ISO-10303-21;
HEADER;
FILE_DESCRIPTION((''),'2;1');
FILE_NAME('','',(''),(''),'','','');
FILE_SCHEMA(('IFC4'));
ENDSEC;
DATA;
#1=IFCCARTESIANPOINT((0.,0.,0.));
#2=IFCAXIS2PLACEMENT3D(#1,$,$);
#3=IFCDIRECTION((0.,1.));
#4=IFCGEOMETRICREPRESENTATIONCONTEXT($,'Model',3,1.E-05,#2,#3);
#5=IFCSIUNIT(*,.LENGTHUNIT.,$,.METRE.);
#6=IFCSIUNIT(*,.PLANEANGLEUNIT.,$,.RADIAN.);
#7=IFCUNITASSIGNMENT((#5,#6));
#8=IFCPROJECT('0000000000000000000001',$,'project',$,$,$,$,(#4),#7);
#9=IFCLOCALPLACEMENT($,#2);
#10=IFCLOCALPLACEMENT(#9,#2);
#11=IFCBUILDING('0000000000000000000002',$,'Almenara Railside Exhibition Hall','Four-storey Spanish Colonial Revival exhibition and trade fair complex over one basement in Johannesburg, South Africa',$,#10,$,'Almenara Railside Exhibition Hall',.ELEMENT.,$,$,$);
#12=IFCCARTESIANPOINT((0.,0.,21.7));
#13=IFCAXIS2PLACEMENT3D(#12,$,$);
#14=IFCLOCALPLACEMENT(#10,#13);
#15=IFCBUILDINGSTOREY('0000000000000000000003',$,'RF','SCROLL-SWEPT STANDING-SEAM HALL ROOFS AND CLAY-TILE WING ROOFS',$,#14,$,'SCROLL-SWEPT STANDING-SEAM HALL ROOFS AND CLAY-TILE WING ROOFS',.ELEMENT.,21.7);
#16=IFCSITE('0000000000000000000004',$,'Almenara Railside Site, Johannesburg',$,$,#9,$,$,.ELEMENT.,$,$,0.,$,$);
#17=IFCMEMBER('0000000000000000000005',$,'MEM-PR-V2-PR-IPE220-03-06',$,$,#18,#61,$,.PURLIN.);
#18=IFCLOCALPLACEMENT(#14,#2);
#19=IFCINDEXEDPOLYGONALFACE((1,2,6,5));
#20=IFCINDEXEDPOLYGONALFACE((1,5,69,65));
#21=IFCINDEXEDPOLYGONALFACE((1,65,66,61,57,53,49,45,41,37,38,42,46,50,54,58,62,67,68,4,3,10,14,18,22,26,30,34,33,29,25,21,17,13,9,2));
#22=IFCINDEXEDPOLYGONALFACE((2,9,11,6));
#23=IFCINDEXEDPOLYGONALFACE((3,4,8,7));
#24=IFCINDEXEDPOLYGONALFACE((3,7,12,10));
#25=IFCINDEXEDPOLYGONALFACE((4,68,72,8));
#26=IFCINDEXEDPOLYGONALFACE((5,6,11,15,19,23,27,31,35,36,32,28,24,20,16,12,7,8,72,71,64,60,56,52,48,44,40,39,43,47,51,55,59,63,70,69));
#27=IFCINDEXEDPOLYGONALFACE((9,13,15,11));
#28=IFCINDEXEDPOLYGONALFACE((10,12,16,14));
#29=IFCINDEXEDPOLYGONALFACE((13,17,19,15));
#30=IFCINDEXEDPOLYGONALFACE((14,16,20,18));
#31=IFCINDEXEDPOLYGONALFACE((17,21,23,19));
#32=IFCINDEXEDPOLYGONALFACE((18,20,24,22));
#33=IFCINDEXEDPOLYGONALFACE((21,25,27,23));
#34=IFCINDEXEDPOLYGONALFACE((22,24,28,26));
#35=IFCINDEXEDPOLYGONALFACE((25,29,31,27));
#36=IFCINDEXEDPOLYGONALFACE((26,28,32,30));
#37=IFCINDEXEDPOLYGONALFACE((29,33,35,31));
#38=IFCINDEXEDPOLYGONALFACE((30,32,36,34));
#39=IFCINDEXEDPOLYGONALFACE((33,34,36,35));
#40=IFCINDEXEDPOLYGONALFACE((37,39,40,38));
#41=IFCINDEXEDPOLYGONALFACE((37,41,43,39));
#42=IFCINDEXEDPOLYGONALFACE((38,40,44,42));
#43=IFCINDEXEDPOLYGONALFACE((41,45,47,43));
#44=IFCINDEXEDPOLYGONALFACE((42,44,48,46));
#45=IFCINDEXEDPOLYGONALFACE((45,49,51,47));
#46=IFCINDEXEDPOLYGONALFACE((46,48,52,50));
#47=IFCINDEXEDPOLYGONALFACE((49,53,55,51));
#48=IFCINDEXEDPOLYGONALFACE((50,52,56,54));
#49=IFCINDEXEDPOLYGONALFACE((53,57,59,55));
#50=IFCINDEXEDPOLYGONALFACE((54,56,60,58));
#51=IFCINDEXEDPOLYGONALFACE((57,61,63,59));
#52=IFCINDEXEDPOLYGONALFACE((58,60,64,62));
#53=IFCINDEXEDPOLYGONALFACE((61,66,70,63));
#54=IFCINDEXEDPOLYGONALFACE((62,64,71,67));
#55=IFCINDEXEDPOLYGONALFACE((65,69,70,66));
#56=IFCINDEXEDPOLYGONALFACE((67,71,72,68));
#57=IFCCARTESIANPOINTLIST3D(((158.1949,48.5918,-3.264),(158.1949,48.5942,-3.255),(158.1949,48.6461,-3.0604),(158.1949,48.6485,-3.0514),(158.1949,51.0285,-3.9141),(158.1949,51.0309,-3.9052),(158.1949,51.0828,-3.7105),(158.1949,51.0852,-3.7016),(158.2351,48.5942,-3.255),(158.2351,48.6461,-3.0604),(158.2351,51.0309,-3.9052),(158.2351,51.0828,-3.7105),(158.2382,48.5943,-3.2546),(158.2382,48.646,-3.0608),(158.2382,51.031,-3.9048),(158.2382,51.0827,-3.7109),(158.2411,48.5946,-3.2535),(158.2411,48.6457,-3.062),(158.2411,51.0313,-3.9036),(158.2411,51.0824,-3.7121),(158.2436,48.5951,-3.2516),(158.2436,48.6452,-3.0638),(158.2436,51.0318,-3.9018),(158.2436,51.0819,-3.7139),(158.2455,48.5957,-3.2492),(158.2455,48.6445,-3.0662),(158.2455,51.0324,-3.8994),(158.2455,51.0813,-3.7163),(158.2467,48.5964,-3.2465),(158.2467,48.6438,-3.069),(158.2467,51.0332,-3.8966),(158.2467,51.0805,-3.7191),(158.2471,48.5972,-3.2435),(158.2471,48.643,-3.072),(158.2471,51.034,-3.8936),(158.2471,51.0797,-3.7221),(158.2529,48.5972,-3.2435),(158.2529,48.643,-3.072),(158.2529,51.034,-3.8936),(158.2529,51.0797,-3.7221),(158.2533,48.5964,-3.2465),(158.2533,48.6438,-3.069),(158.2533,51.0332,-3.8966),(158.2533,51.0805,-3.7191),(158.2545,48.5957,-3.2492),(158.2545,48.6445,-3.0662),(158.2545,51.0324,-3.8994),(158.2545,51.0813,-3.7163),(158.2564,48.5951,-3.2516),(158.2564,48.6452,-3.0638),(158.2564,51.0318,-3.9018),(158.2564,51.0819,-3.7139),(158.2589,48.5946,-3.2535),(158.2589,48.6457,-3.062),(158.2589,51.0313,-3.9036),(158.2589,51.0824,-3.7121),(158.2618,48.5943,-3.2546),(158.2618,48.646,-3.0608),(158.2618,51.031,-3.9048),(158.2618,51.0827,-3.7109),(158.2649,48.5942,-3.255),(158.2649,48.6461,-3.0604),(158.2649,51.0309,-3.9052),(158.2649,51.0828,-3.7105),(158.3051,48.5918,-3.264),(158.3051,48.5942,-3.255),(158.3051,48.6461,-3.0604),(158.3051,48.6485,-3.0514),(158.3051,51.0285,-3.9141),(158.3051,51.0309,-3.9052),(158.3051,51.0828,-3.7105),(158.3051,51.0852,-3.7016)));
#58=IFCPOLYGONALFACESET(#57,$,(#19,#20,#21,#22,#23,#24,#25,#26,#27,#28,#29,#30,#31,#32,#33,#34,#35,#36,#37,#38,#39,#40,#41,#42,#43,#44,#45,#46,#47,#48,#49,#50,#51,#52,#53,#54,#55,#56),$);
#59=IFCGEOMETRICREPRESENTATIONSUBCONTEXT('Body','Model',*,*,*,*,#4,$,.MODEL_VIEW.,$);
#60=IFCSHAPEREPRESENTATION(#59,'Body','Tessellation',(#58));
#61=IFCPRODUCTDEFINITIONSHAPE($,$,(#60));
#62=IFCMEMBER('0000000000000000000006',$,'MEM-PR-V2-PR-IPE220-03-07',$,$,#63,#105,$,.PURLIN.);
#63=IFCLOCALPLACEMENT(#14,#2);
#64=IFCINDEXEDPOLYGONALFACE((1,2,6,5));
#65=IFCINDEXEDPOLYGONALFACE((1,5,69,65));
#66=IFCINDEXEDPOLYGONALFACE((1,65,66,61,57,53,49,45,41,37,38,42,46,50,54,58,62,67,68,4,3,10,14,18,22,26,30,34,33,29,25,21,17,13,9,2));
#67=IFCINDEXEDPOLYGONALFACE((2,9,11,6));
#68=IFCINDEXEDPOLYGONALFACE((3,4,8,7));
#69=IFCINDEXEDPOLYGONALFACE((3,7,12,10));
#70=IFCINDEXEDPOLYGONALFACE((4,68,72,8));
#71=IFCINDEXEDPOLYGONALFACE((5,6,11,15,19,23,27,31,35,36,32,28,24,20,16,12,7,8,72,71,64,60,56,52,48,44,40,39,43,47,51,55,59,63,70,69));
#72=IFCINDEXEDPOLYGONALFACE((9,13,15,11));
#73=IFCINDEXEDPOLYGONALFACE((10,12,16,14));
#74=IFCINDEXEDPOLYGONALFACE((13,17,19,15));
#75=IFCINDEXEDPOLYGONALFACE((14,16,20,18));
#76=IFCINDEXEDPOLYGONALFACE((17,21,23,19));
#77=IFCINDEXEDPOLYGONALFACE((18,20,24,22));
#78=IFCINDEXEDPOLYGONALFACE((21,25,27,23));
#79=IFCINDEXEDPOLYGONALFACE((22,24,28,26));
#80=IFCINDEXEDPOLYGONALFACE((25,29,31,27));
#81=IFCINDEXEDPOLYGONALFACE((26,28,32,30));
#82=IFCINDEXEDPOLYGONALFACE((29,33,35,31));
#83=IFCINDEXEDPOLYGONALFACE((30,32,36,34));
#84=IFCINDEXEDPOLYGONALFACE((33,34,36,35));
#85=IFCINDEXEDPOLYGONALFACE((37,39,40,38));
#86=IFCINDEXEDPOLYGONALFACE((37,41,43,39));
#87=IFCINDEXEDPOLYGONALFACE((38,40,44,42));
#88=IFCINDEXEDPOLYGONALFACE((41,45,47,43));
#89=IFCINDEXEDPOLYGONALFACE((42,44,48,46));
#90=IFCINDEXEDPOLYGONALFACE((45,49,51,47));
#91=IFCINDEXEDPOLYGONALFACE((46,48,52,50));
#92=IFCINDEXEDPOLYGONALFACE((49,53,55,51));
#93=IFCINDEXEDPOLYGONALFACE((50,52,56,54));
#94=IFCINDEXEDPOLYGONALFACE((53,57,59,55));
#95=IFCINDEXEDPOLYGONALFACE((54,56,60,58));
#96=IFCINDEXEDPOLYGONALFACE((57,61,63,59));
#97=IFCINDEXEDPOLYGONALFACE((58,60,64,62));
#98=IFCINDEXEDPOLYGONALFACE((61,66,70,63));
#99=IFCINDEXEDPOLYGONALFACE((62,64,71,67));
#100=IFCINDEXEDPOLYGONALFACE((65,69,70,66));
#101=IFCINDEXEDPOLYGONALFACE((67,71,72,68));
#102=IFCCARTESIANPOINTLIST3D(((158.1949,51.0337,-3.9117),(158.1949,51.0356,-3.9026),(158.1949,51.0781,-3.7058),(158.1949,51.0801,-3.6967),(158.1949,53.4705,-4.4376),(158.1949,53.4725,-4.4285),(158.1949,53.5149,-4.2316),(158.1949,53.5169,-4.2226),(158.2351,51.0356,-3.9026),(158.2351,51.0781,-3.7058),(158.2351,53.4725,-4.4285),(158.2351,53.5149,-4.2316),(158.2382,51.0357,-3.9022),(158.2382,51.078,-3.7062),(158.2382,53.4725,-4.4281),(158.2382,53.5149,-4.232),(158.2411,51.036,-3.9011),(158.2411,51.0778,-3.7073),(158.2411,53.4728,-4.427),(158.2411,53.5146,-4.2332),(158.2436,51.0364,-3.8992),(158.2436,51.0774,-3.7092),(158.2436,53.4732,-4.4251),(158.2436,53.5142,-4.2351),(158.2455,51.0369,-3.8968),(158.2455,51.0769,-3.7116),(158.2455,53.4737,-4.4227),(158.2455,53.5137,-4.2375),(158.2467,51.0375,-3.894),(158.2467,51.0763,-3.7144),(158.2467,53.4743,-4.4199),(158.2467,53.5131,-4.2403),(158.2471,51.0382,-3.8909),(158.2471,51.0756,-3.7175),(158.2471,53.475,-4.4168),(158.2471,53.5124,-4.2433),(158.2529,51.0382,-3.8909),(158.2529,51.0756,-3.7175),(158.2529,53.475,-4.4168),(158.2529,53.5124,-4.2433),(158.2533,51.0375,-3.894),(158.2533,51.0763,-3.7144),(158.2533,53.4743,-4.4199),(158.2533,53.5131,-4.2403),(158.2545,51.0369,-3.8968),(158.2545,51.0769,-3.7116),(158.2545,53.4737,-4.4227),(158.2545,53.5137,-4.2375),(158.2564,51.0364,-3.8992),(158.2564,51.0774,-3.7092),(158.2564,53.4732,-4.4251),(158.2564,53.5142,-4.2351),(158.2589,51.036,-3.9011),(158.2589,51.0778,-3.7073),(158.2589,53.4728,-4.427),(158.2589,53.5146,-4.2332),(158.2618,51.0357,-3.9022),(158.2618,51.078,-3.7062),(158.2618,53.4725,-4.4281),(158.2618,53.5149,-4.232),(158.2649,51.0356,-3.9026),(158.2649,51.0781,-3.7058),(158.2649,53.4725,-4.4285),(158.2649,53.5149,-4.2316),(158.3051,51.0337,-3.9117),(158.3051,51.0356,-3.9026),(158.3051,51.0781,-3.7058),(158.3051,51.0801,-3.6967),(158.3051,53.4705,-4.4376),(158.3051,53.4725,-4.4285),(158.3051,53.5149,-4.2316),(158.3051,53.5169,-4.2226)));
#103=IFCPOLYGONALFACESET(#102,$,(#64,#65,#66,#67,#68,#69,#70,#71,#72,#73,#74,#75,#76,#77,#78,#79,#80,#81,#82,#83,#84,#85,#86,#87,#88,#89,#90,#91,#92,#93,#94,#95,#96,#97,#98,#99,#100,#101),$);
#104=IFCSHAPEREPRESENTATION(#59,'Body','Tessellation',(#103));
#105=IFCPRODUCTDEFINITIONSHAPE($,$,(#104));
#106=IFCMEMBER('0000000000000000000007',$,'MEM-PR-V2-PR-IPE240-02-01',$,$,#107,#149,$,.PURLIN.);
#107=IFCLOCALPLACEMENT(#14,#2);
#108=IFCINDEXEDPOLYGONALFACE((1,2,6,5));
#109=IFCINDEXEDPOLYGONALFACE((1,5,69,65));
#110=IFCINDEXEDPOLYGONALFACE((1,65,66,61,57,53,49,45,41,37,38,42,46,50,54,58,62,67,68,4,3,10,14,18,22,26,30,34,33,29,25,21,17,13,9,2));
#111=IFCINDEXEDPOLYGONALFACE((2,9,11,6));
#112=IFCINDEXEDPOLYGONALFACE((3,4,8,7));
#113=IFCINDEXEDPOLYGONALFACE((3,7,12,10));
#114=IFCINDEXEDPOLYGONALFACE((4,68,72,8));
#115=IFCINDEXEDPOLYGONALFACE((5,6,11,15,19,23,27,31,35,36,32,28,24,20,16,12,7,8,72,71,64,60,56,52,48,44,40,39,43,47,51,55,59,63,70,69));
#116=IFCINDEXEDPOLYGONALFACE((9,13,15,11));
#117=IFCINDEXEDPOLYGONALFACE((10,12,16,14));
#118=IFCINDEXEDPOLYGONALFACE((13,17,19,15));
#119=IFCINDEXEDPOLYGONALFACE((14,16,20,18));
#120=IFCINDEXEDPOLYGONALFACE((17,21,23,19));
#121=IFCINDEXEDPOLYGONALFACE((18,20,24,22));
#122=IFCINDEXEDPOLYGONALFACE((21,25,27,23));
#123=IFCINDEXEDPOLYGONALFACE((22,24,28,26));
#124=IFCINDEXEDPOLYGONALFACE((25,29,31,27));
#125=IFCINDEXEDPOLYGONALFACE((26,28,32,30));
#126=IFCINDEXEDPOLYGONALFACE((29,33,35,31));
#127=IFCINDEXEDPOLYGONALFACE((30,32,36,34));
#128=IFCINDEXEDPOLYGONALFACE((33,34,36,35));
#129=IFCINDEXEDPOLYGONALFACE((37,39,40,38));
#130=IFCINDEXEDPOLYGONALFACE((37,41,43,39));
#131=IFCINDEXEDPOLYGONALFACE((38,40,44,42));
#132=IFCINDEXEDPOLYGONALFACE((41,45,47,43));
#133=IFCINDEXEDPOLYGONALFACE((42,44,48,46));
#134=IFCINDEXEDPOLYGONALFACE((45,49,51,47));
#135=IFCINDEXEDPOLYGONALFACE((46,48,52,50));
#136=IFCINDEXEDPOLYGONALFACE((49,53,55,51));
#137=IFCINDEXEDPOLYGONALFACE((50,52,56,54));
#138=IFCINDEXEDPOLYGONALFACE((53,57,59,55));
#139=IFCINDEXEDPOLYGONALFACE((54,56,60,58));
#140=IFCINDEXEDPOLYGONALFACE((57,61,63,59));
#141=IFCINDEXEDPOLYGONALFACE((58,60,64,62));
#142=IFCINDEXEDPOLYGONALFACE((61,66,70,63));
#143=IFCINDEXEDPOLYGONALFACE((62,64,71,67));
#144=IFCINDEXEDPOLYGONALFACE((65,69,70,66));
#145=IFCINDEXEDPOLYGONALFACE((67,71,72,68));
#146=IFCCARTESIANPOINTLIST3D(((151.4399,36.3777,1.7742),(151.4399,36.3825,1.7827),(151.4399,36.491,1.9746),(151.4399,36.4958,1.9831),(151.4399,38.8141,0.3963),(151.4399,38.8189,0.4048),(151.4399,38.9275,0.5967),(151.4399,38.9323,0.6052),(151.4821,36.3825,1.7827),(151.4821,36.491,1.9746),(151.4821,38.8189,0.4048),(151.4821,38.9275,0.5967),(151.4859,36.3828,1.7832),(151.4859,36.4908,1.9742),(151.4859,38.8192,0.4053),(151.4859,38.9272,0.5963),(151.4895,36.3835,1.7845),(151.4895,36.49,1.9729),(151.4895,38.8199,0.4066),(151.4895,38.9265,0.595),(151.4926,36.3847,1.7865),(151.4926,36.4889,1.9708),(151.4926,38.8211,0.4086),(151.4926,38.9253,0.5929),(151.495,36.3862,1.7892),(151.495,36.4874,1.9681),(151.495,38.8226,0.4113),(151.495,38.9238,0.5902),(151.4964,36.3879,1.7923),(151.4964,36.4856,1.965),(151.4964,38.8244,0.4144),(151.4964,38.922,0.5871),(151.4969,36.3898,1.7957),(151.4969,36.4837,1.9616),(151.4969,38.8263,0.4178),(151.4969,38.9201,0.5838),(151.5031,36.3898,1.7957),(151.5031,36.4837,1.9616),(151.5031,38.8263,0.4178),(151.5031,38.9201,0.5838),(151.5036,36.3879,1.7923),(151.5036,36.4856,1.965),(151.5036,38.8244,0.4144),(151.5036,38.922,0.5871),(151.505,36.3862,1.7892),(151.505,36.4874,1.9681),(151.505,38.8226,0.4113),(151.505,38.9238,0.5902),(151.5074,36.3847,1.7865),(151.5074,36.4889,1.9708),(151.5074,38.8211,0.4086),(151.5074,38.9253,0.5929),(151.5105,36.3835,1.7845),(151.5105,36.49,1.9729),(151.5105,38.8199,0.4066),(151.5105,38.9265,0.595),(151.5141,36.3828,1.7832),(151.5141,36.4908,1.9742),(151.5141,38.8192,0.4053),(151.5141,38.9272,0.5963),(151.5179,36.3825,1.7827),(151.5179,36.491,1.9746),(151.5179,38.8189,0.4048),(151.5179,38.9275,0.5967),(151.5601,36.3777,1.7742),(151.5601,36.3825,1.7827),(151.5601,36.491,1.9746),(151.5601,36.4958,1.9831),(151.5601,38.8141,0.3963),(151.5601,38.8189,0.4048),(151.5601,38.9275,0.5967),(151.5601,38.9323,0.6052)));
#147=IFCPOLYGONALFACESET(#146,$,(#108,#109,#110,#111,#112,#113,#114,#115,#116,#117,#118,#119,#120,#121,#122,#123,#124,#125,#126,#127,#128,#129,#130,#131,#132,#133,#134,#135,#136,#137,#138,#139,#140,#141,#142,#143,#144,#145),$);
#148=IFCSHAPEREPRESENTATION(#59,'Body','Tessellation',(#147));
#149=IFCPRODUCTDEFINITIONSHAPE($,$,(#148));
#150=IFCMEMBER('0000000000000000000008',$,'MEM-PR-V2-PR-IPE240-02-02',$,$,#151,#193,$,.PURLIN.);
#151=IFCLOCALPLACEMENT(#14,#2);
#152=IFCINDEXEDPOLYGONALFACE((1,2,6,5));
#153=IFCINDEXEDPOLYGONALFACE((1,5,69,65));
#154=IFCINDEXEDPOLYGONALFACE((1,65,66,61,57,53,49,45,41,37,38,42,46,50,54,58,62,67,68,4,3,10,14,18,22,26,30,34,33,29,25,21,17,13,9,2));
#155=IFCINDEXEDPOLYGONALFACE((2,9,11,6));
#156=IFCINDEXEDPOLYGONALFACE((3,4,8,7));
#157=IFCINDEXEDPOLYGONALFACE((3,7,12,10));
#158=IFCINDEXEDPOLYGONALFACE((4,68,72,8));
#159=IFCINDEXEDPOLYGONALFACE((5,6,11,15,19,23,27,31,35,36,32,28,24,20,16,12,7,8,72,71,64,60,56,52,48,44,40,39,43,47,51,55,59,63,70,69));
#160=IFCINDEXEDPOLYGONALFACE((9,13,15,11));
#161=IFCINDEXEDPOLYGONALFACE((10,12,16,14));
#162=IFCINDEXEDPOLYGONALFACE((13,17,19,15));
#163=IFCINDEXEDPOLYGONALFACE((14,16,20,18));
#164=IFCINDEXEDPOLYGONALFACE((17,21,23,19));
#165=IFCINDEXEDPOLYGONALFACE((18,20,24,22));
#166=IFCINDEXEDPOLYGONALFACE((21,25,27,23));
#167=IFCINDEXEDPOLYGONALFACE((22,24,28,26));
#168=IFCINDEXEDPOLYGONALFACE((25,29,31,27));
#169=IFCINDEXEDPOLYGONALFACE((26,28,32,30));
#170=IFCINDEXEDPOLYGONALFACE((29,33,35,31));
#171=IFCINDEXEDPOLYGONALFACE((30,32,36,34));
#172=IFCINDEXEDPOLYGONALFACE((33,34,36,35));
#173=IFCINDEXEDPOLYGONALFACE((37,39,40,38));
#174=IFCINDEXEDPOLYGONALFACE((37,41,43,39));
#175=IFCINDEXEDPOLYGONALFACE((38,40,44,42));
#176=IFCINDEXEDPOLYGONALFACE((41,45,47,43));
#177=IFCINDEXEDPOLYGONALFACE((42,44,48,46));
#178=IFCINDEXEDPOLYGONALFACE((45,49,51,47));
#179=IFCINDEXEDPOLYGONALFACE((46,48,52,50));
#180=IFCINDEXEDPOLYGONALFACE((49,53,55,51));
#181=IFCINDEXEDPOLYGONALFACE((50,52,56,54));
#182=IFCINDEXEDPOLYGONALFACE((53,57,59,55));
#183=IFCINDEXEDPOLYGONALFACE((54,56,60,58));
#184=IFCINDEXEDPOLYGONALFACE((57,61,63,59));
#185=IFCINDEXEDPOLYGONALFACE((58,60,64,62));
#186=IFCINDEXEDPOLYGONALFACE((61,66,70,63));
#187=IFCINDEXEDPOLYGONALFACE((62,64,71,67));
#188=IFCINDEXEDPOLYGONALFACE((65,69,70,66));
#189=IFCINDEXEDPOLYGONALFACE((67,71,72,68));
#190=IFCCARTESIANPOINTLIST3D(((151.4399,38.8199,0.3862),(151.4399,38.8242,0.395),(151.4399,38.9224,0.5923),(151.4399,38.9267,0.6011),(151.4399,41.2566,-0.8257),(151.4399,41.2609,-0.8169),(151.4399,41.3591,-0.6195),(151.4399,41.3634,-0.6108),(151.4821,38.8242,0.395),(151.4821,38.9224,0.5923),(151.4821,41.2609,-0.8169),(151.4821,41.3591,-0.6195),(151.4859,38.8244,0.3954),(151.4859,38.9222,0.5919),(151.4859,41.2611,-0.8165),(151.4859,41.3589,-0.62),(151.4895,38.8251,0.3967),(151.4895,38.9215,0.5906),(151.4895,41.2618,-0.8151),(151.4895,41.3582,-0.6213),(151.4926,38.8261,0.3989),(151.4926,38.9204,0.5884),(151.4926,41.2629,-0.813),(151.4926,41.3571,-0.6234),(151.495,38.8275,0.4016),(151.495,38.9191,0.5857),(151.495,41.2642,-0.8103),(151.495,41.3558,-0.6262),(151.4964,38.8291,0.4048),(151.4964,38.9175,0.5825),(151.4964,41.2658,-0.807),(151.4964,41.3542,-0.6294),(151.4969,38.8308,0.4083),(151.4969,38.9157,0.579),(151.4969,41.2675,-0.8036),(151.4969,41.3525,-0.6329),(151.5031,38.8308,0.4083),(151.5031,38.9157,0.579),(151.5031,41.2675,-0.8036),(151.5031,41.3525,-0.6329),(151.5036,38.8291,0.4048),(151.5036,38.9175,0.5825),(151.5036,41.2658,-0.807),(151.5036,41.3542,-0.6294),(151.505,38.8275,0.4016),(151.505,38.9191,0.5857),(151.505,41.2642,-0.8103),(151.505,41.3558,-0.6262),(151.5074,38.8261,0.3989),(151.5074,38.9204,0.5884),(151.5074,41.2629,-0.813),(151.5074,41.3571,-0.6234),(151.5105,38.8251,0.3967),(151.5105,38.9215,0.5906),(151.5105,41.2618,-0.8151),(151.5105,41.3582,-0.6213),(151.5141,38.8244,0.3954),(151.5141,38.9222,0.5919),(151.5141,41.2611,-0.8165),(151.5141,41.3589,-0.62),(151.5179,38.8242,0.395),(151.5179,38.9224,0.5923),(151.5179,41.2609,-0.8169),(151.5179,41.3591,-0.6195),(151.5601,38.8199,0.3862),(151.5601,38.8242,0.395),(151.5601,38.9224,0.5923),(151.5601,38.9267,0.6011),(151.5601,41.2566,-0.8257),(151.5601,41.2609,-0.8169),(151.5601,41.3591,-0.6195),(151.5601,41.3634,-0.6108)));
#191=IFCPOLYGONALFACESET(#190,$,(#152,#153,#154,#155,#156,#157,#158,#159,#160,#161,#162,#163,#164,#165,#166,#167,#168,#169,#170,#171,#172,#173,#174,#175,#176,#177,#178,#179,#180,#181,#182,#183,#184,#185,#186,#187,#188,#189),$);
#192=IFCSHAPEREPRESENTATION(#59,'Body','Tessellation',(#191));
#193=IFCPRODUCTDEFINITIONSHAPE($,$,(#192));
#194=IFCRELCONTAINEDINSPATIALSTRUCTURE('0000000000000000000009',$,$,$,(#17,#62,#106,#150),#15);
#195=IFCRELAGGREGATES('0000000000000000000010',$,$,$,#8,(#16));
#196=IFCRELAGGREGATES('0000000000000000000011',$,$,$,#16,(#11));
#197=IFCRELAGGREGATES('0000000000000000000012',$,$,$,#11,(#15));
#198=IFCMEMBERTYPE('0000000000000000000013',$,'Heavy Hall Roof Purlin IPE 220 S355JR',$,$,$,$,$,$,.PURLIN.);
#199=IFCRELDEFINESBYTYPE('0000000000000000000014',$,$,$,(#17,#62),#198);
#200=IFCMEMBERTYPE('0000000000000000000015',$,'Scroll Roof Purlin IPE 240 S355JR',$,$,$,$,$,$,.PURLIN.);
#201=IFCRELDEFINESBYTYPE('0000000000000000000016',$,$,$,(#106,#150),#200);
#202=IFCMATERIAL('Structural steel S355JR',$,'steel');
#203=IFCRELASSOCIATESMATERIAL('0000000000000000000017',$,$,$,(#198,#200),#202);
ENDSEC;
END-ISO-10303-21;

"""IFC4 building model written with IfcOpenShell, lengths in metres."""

from ifc_helpers import new_model, si_unit, direction, frame, origin, origin_2d, place, context, subcontext, project, spatial, i_section, extrude, material, material_profile, profile_set, type_object, element, save


model = new_model("IFC4")

# Units and contexts
model_context = context("Model", 3, precision=1e-05, world=origin(), true_north=direction((0.0, 1.0)))
body_context = subcontext(model_context, "Body", "Model", "MODEL_VIEW")
ifc_project = project(units=[si_unit("LENGTHUNIT", "METRE"), si_unit("PLANEANGLEUNIT", "RADIAN")], contexts=[model_context])

# Site, building, storey
site_placement = place(None, origin())
site = spatial("IfcSite", under=ifc_project, at=site_placement, Name="Almenara Railside Site, Johannesburg", CompositionType="ELEMENT", RefElevation=0.0)
building_placement = place(site_placement, origin())
building = spatial("IfcBuilding", under=site, at=building_placement, Name="Almenara Railside Exhibition Hall", Description="Four-storey Spanish Colonial Revival exhibition and trade fair complex over one basement in Johannesburg, South Africa", LongName="Almenara Railside Exhibition Hall", CompositionType="ELEMENT")
storey_placement = place(building_placement, frame((0.0, 0.0, 21.7)))
storey = spatial("IfcBuildingStorey", under=building, at=storey_placement, Name="RF", Description="SCROLL-SWEPT STANDING-SEAM HALL ROOFS AND CLAY-TILE WING ROOFS", LongName="SCROLL-SWEPT STANDING-SEAM HALL ROOFS AND CLAY-TILE WING ROOFS", CompositionType="ELEMENT", Elevation=21.7)

# Members
ifc_material_1 = material(Name="Structural steel S355JR", Category="steel")
ifc_material_profile_1 = material_profile(ifc_material_1, i_section(OverallWidth=0.1101, OverallDepth=0.22, WebThickness=0.0059, FlangeThickness=0.0093, FilletRadius=0.012, at=origin_2d()), Name="IPE 220")
ifc_profile_set_1 = profile_set([ifc_material_profile_1], Name="Structural steel S355JR")
member_type_1 = type_object("IfcMemberType", Name="Heavy Hall Roof Purlin IPE 220 S355JR", PredefinedType="PURLIN", material=ifc_profile_set_1)
member_1_placement = place(storey_placement, frame((158.25, 48.6201, -3.1577), z_axis=(0.0, 0.966201, -0.257789), x_axis=(-1.0, 0.0, 0.0)))
element("IfcMember", 1, at=member_1_placement, inside=storey, type_object=member_type_1, Name="MEM-PR-V2-PR-IPE220-03-06", PredefinedType="PURLIN", context=body_context, shape_type="SweptSolid", body=[
    extrude(i_section(OverallWidth=0.1101, OverallDepth=0.22, WebThickness=0.0059, FlangeThickness=0.0093, FilletRadius=0.012, at=origin_2d()), origin(), (0.0, 0.0, 1.0), 2.522),
])
member_2_placement = place(storey_placement, frame((158.25, 51.0569, -3.8042), z_axis=(0.0, 0.977496, -0.210953), x_axis=(-1.0, 0.0, 0.0)))
element("IfcMember", 2, at=member_2_placement, inside=storey, type_object=member_type_1, Name="MEM-PR-V2-PR-IPE220-03-07", PredefinedType="PURLIN", context=body_context, shape_type="SweptSolid", body=[
    extrude(i_section(OverallWidth=0.1101, OverallDepth=0.22, WebThickness=0.0059, FlangeThickness=0.0093, FilletRadius=0.012, at=origin_2d()), origin(), (0.0, 0.0, 1.0), 2.4929),
])
ifc_material_profile_2 = material_profile(ifc_material_1, i_section(OverallWidth=0.1201, OverallDepth=0.24, WebThickness=0.0061, FlangeThickness=0.0098, FilletRadius=0.0149, at=origin_2d()), Name="IPE 240")
ifc_profile_set_2 = profile_set([ifc_material_profile_2], Name="Structural steel S355JR")
member_type_2 = type_object("IfcMemberType", Name="Scroll Roof Purlin IPE 240 S355JR", PredefinedType="PURLIN", material=ifc_profile_set_2)
member_3_placement = place(storey_placement, frame((151.5, 36.4368, 1.8787), z_axis=(0.0, 0.870446, -0.492264), x_axis=(-1.0, 0.0, 0.0)))
element("IfcMember", 3, at=member_3_placement, inside=storey, type_object=member_type_2, Name="MEM-PR-V2-PR-IPE240-02-01", PredefinedType="PURLIN", context=body_context, shape_type="SweptSolid", body=[
    extrude(i_section(OverallWidth=0.1201, OverallDepth=0.24, WebThickness=0.0061, FlangeThickness=0.0098, FilletRadius=0.0149, at=origin_2d()), origin(), (0.0, 0.0, 1.0), 2.7991),
])
member_4_placement = place(storey_placement, frame((151.5, 38.8733, 0.4937), z_axis=(0.0, 0.895376, -0.445311), x_axis=(-1.0, 0.0, 0.0)))
element("IfcMember", 4, at=member_4_placement, inside=storey, type_object=member_type_2, Name="MEM-PR-V2-PR-IPE240-02-02", PredefinedType="PURLIN", context=body_context, shape_type="SweptSolid", body=[
    extrude(i_section(OverallWidth=0.1201, OverallDepth=0.24, WebThickness=0.0061, FlangeThickness=0.0098, FilletRadius=0.0149, at=origin_2d()), origin(), (0.0, 0.0, 1.0), 2.7214),
])

save(model, "model.ifc")
